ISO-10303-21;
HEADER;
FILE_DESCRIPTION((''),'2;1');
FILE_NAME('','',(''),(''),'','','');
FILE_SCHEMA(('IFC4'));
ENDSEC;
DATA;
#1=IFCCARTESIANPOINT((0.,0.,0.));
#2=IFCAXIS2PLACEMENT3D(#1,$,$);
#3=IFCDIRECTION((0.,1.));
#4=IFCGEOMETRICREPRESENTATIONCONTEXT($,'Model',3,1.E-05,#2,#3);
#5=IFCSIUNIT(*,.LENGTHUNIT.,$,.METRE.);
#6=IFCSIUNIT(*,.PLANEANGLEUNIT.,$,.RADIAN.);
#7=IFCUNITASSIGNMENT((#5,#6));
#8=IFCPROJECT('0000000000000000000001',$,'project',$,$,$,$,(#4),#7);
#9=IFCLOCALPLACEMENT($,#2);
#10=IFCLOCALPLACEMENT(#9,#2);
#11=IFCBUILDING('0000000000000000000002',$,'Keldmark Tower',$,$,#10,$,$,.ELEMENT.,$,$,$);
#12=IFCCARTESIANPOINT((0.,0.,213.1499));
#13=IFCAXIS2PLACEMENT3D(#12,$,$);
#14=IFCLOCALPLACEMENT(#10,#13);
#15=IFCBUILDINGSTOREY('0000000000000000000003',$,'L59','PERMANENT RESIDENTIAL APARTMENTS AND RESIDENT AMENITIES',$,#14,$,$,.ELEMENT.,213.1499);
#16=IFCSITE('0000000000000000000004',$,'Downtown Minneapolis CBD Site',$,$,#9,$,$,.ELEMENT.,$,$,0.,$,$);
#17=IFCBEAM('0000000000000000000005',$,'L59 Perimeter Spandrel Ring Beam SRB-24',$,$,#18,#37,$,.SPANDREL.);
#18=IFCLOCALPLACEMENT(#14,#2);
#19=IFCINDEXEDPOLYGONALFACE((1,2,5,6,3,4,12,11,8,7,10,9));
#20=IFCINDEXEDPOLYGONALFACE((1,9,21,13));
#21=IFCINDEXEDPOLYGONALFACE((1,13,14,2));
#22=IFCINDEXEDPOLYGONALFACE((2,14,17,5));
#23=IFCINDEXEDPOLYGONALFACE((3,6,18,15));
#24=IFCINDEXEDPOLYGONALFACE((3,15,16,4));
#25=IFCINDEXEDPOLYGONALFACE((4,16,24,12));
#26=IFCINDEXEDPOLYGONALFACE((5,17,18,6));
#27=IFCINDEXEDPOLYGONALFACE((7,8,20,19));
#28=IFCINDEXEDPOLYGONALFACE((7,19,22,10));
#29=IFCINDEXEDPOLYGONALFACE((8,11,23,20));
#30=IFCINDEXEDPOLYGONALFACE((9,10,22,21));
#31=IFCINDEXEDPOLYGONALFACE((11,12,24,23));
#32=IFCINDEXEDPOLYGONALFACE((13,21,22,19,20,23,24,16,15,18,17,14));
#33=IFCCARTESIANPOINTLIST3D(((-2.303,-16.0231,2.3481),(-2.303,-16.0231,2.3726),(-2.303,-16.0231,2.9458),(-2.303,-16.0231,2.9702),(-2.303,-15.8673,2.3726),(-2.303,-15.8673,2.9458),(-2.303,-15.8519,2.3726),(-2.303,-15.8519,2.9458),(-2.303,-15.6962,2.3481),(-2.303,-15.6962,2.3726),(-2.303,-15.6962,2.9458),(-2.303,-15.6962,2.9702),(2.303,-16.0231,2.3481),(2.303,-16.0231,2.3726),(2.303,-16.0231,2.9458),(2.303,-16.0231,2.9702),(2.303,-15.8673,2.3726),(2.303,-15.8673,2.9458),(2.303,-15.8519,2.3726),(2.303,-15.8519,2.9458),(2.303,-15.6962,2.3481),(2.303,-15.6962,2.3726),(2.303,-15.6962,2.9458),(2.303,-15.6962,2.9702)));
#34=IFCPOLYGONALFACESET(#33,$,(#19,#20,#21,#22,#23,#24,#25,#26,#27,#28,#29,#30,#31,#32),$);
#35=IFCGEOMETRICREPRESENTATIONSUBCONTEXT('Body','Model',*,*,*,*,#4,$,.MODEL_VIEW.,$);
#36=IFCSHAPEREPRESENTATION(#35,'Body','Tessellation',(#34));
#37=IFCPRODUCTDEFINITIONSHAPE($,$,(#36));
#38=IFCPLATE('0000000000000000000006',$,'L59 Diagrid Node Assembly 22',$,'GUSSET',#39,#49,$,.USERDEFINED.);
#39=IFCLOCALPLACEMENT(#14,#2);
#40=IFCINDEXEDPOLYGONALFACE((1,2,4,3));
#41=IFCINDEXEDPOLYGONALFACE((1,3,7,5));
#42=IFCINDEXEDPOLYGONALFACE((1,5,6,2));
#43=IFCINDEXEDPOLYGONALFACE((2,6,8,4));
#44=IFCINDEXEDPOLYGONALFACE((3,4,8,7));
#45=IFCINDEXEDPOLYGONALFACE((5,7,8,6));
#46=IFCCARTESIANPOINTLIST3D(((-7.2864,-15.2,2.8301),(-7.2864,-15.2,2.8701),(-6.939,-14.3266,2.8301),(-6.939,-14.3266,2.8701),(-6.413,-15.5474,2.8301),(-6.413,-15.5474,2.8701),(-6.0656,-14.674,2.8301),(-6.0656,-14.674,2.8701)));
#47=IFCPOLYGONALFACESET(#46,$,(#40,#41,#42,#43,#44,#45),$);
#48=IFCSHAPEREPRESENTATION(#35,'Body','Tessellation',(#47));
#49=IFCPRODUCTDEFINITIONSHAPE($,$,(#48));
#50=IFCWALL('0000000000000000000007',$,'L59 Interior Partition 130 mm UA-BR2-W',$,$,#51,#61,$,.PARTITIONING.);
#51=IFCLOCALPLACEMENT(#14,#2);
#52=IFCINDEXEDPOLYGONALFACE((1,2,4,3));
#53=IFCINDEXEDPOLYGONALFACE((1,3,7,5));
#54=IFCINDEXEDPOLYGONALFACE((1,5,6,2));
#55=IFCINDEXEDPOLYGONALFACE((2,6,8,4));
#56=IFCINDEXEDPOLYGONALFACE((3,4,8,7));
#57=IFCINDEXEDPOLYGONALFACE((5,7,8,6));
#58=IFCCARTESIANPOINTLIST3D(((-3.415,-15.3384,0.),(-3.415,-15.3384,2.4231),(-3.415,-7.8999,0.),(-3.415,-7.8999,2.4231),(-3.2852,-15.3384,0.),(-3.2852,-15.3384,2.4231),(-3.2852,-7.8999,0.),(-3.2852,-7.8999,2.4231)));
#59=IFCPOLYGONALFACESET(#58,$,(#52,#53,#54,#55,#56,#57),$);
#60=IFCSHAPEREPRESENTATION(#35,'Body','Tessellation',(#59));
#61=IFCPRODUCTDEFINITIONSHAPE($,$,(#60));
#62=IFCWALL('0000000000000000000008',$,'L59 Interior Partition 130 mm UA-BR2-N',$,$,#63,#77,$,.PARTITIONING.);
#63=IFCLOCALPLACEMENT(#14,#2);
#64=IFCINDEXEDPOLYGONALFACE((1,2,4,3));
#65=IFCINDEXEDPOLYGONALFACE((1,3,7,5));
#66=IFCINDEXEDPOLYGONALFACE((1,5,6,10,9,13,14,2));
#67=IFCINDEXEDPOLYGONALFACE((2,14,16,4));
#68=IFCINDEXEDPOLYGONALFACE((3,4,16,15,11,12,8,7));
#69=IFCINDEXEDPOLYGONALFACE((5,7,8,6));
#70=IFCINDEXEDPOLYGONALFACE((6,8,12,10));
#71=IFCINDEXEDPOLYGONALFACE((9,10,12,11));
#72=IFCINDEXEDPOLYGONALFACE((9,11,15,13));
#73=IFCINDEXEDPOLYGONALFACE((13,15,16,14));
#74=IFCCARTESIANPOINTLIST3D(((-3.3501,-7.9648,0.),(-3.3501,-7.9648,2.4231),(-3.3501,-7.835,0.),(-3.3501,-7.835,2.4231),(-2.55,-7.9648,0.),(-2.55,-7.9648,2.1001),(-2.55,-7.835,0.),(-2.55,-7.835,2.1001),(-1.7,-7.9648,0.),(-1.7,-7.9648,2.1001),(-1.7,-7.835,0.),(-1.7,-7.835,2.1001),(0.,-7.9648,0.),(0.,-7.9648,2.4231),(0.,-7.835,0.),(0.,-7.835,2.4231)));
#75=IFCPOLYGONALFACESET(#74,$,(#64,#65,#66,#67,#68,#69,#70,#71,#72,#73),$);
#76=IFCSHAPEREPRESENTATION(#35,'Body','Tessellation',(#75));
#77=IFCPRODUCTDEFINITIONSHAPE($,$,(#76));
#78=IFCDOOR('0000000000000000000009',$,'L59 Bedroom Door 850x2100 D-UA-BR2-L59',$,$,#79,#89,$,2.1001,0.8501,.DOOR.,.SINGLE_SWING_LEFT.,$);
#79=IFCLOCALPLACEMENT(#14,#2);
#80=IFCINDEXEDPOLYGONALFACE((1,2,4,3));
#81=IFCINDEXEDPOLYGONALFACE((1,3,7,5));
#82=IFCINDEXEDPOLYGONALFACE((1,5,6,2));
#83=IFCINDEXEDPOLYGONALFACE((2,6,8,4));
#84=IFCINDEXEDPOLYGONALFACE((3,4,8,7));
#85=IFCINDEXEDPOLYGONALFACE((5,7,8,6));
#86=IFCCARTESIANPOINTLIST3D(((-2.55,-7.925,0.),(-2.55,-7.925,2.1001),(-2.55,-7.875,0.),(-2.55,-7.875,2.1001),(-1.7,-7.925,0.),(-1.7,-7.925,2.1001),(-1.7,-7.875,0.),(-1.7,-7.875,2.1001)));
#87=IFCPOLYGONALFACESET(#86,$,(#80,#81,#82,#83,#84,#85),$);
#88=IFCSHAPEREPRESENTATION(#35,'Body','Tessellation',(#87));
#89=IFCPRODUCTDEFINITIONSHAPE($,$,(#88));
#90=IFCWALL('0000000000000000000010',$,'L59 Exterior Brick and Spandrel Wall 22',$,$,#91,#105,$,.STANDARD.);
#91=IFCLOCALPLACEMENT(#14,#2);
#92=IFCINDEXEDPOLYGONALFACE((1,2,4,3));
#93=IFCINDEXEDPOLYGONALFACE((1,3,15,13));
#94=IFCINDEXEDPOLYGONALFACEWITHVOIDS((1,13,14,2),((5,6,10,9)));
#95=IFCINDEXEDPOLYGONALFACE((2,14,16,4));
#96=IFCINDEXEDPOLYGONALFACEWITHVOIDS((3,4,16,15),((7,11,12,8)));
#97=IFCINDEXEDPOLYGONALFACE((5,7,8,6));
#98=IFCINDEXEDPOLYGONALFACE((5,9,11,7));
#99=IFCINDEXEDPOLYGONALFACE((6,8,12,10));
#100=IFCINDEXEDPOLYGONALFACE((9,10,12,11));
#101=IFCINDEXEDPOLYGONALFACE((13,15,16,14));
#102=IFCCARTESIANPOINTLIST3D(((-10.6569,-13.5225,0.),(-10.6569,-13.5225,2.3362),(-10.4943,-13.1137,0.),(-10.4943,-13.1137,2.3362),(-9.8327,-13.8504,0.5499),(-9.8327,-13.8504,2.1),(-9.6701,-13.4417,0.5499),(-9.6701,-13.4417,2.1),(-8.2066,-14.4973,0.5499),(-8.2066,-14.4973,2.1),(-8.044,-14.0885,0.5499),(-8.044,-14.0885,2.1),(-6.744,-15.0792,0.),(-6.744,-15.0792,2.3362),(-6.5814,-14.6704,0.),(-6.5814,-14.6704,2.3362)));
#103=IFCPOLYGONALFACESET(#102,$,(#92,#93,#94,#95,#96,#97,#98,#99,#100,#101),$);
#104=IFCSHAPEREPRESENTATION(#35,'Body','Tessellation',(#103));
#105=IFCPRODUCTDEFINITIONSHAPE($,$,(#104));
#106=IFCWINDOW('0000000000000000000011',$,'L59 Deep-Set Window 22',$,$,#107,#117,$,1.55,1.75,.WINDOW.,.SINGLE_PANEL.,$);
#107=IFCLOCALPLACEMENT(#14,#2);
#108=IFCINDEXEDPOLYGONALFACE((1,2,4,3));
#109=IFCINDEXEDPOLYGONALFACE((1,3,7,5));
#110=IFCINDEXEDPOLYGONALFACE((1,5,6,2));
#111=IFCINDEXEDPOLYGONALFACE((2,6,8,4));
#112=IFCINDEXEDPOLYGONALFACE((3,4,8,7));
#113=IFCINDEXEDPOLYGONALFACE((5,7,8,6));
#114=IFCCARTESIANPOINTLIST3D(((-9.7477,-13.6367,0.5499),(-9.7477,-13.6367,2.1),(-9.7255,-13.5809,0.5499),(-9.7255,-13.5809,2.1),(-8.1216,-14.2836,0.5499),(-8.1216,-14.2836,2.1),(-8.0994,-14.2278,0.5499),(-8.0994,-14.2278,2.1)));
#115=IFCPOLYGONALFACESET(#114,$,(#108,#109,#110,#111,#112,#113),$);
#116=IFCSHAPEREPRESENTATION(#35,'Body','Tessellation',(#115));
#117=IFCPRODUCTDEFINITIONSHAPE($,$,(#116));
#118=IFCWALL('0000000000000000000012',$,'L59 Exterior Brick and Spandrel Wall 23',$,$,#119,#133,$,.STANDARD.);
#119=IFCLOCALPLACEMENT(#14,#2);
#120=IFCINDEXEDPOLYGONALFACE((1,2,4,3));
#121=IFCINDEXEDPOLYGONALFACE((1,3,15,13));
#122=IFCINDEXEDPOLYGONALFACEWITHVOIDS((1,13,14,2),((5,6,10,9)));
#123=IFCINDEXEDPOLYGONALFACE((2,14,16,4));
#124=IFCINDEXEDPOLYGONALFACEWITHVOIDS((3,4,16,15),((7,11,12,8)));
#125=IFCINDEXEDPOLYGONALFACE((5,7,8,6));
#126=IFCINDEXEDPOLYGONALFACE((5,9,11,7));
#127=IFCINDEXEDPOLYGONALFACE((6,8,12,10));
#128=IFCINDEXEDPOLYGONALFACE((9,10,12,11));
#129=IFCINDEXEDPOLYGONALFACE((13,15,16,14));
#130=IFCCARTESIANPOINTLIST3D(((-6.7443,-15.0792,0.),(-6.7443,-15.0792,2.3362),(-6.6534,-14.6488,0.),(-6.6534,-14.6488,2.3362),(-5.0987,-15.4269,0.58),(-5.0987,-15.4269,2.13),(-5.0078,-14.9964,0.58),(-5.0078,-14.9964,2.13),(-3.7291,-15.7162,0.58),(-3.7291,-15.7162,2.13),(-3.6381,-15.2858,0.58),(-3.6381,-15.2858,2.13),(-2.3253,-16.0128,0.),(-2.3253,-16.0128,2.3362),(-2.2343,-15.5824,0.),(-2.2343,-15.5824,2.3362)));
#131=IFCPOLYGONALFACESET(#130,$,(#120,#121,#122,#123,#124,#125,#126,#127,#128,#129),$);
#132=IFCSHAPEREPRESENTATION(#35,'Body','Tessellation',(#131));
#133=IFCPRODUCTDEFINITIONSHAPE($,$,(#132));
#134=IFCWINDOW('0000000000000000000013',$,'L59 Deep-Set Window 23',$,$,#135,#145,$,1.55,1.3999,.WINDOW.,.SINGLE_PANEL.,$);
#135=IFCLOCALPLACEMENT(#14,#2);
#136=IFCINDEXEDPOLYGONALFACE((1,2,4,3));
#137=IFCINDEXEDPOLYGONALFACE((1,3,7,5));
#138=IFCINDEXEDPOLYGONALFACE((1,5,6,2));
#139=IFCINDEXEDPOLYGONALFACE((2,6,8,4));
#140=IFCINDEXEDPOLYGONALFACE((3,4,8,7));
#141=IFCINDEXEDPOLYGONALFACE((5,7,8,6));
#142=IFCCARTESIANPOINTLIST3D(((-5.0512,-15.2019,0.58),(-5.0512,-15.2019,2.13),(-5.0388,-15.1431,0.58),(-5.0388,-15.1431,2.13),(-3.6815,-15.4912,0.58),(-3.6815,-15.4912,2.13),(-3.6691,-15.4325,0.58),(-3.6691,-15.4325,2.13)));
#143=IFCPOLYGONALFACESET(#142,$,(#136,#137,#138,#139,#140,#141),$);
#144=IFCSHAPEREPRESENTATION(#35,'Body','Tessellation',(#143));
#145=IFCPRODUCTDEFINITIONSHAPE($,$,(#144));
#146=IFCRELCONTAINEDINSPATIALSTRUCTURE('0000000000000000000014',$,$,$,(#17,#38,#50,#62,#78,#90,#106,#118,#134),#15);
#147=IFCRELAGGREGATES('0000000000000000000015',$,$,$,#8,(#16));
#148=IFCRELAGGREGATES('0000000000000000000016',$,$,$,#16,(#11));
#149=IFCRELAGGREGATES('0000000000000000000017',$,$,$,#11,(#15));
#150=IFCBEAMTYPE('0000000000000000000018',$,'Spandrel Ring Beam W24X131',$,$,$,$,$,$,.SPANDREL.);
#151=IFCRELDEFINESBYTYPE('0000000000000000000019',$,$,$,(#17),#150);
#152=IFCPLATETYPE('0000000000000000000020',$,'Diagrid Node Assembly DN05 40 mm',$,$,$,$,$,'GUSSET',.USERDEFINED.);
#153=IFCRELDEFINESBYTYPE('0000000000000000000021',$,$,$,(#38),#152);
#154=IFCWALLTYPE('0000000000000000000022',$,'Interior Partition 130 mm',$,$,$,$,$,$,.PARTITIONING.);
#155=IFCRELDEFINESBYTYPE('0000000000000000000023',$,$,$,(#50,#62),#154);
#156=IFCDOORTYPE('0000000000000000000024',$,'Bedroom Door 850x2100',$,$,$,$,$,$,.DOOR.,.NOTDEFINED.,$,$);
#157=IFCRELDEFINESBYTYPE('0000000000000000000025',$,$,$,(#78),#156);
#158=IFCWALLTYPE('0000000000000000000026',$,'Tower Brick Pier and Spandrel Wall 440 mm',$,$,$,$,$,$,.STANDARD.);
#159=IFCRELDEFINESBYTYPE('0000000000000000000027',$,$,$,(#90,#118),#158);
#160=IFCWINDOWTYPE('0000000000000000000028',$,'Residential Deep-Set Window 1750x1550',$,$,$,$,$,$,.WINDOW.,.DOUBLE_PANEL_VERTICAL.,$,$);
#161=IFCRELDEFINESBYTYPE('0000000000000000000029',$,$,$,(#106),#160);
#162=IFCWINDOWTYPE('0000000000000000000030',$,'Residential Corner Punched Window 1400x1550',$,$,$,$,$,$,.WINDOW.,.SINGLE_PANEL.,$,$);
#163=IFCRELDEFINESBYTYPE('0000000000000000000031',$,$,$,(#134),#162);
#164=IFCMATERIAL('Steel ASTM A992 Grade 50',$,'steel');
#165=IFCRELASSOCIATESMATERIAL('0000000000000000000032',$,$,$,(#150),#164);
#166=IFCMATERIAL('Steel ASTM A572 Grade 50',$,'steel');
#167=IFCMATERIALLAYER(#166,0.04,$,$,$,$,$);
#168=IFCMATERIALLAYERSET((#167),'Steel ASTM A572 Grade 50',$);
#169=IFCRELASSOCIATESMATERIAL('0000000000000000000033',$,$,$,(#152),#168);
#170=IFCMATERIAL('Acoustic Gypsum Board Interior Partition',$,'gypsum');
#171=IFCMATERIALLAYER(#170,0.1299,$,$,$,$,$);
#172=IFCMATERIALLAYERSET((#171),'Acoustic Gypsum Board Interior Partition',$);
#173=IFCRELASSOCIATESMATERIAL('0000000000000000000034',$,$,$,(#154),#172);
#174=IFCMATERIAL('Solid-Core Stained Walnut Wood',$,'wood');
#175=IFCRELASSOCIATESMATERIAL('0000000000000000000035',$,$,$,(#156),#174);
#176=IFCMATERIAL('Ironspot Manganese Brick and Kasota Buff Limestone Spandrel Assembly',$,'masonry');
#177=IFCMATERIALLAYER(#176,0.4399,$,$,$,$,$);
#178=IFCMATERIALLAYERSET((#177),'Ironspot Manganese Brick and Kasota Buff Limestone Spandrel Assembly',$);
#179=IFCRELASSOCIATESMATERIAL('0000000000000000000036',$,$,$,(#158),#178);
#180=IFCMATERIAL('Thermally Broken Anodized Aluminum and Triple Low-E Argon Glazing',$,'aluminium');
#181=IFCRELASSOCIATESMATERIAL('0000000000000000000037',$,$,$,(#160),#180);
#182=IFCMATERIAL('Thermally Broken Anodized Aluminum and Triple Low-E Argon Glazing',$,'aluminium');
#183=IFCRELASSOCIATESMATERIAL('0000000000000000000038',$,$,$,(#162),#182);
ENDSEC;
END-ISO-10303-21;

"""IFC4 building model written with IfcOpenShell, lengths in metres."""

from ifc_helpers import new_model, si_unit, direction, frame, frame_2d, origin, origin_2d, place, context, subcontext, project, spatial, rectangle, i_section, extrude, material, layer, layer_set, material_profile, profile_set, type_object, element, fill, save


model = new_model("IFC4")

# Units and contexts
model_context = context("Model", 3, precision=1e-05, world=origin(), true_north=direction((0.0, 1.0)))
body_context = subcontext(model_context, "Body", "Model", "MODEL_VIEW")
ifc_project = project(units=[si_unit("LENGTHUNIT", "METRE"), si_unit("PLANEANGLEUNIT", "RADIAN")], contexts=[model_context])

# Site, building, storey
site_placement = place(None, origin())
site = spatial("IfcSite", under=ifc_project, at=site_placement, Name="Downtown Minneapolis CBD Site", CompositionType="ELEMENT", RefElevation=0.0)
building_placement = place(site_placement, origin())
building = spatial("IfcBuilding", under=site, at=building_placement, Name="Keldmark Tower", CompositionType="ELEMENT")
storey_placement = place(building_placement, frame((0.0, 0.0, 213.1499)))
storey = spatial("IfcBuildingStorey", under=building, at=storey_placement, Name="L59", Description="PERMANENT RESIDENTIAL APARTMENTS AND RESIDENT AMENITIES", CompositionType="ELEMENT", Elevation=213.1499)

# Beam
ifc_material_1 = material(Name="Steel ASTM A992 Grade 50", Category="steel")
ifc_material_profile_1 = material_profile(ifc_material_1, i_section(OverallWidth=0.3269, OverallDepth=0.6221, WebThickness=0.0154, FlangeThickness=0.0244, at=origin_2d()), Name="W24X131")
ifc_profile_set_1 = profile_set([ifc_material_profile_1], Name="Steel ASTM A992 Grade 50")
beam_type_1 = type_object("IfcBeamType", Name="Spandrel Ring Beam W24X131", PredefinedType="SPANDREL", material=ifc_profile_set_1)
beam_1_placement = place(storey_placement, frame((-2.303, -15.8596, 2.6592), z_axis=(1.0, 0.0, 0.0), x_axis=(0.0, 1.0, 0.0)))
element("IfcBeam", 1, at=beam_1_placement, inside=storey, type_object=beam_type_1, Name="L59 Perimeter Spandrel Ring Beam SRB-24", PredefinedType="SPANDREL", context=body_context, shape_type="SweptSolid", body=[
    extrude(i_section(OverallWidth=0.3269, OverallDepth=0.6221, WebThickness=0.0154, FlangeThickness=0.0244, at=origin_2d()), origin(), (0.0, 0.0, 1.0), 4.606),
])

# Plate
ifc_material_2 = material(Name="Steel ASTM A572 Grade 50", Category="steel")
ifc_layer_1 = layer(ifc_material_2, 0.04)
ifc_layer_set_1 = layer_set([ifc_layer_1], Name="Steel ASTM A572 Grade 50")
plate_type = type_object("IfcPlateType", Name="Diagrid Node Assembly DN05 40 mm", ElementType="GUSSET", PredefinedType="USERDEFINED", material=ifc_layer_set_1)
plate_placement = place(storey_placement, frame((-6.676, -14.937, 2.8301), z_axis=(0.0, 0.0, 1.0), x_axis=(0.929197, -0.369585, 0.0)))
element("IfcPlate", 2, at=plate_placement, inside=storey, type_object=plate_type, Name="L59 Diagrid Node Assembly 22", ObjectType="GUSSET", PredefinedType="USERDEFINED", context=body_context, shape_type="SweptSolid", body=[
    extrude(rectangle(XDim=0.9399, YDim=0.9399, at=origin_2d()), origin(), (0.0, 0.0, 1.0), 0.04),
])

# Wall
ifc_material_3 = material(Name="Acoustic Gypsum Board Interior Partition", Category="gypsum")
ifc_layer_2 = layer(ifc_material_3, 0.1299)
ifc_layer_set_2 = layer_set([ifc_layer_2], Name="Acoustic Gypsum Board Interior Partition")
wall_type_1 = type_object("IfcWallType", Name="Interior Partition 130 mm", PredefinedType="PARTITIONING", material=ifc_layer_set_2)
wall_1_placement = place(storey_placement, frame((-3.3501, -15.3384, 0.0), z_axis=(0.0, 0.0, 1.0), x_axis=(0.0, 1.0, 0.0)))
element("IfcWall", 3, at=wall_1_placement, inside=storey, type_object=wall_type_1, Name="L59 Interior Partition 130 mm UA-BR2-W", PredefinedType="PARTITIONING", context=body_context, shape_type="SweptSolid", body=[
    extrude(rectangle(XDim=7.4385, YDim=0.1299, at=frame_2d((3.7192, 0.0))), origin(), (0.0, 0.0, 1.0), 2.4231),
])

# Wall, opening, door
wall_2_placement = place(storey_placement, frame((-3.3501, -7.8999, 0.0), z_axis=(0.0, 0.0, 1.0), x_axis=(1.0, 0.0, 0.0)))
wall_2 = element("IfcWall", 4, at=wall_2_placement, inside=storey, type_object=wall_type_1, Name="L59 Interior Partition 130 mm UA-BR2-N", PredefinedType="PARTITIONING", context=body_context, shape_type="SweptSolid", body=[
    extrude(rectangle(XDim=3.3501, YDim=0.1299, at=frame_2d((1.675, 0.0))), origin(), (0.0, 0.0, 1.0), 2.4231),
])
opening_1_placement = place(wall_2_placement, frame((0.8, 0.0, 0.0)))
opening_1 = element("IfcOpeningElement", 5, at=opening_1_placement, cuts=wall_2, PredefinedType="OPENING", context=body_context, shape_type="SweptSolid", body=[
    extrude(rectangle(XDim=0.8501, YDim=2.1001, at=frame_2d((0.425, 1.05))), frame((0.0, 0.075, 0.0), z_axis=(0.0, -1.0, 0.0), x_axis=(1.0, 0.0, 0.0)), (0.0, 0.0, 1.0), 0.1499),
])
ifc_material_4 = material(Name="Solid-Core Stained Walnut Wood", Category="wood")
door_type = type_object("IfcDoorType", Name="Bedroom Door 850x2100", OperationType="NOTDEFINED", PredefinedType="DOOR", material=ifc_material_4)
door_placement = place(opening_1_placement, origin())
door = element("IfcDoor", 6, at=door_placement, inside=storey, type_object=door_type, Name="L59 Bedroom Door 850x2100 D-UA-BR2-L59", OperationType="SINGLE_SWING_LEFT", OverallHeight=2.1001, OverallWidth=0.8501, PredefinedType="DOOR", context=body_context, shape_type="SweptSolid", body=[
    extrude(rectangle(XDim=0.8501, YDim=2.1001, at=frame_2d((0.425, 1.05))), frame((0.0, 0.0249, 0.0), z_axis=(0.0, -1.0, 0.0), x_axis=(1.0, 0.0, 0.0)), (0.0, 0.0, 1.0), 0.05),
])
fill(opening_1, door)

# Walls, openings, windows
ifc_material_5 = material(Name="Ironspot Manganese Brick and Kasota Buff Limestone Spandrel Assembly", Category="masonry")
ifc_layer_3 = layer(ifc_material_5, 0.4399)
ifc_layer_set_3 = layer_set([ifc_layer_3], Name="Ironspot Manganese Brick and Kasota Buff Limestone Spandrel Assembly")
wall_type_2 = type_object("IfcWallType", Name="Tower Brick Pier and Spandrel Wall 440 mm", PredefinedType="STANDARD", material=ifc_layer_set_3)
wall_3_placement = place(storey_placement, frame((-6.6628, -14.8748, 0.0), z_axis=(0.0, 0.0, 1.0), x_axis=(-0.929171, 0.369651, 0.0)))
wall_3 = element("IfcWall", 7, at=wall_3_placement, inside=storey, type_object=wall_type_2, Name="L59 Exterior Brick and Spandrel Wall 22", PredefinedType="STANDARD", context=body_context, shape_type="SweptSolid", body=[
    extrude(rectangle(XDim=4.2112, YDim=0.4399, at=frame_2d((2.1055, 0.0))), origin(), (0.0, 0.0, 1.0), 2.3362),
])
opening_2_placement = place(wall_3_placement, frame((1.574, 0.0, 0.55)))
opening_2 = element("IfcOpeningElement", 8, at=opening_2_placement, cuts=wall_3, PredefinedType="OPENING", context=body_context, shape_type="SweptSolid", body=[
    extrude(rectangle(XDim=1.75, YDim=1.55, at=frame_2d((0.875, 0.7749))), frame((0.0, 0.23, 0.0), z_axis=(0.0, -1.0, 0.0), x_axis=(1.0, 0.0, 0.0)), (0.0, 0.0, 1.0), 0.46),
])
ifc_material_6 = material(Name="Thermally Broken Anodized Aluminum and Triple Low-E Argon Glazing", Category="aluminium")
window_type_1 = type_object("IfcWindowType", Name="Residential Deep-Set Window 1750x1550", PartitioningType="DOUBLE_PANEL_VERTICAL", PredefinedType="WINDOW", material=ifc_material_6)
window_1_placement = place(opening_2_placement, origin())
window_1 = element("IfcWindow", 9, at=window_1_placement, inside=storey, type_object=window_type_1, Name="L59 Deep-Set Window 22", OverallHeight=1.55, OverallWidth=1.75, PartitioningType="SINGLE_PANEL", PredefinedType="WINDOW", context=body_context, shape_type="SweptSolid", body=[
    extrude(rectangle(XDim=1.75, YDim=1.55, at=frame_2d((0.875, 0.7749))), frame((0.0, -0.01, 0.0), z_axis=(0.0, -1.0, 0.0), x_axis=(1.0, 0.0, 0.0)), (0.0, 0.0, 1.0), 0.0601),
])
fill(opening_2, window_1)
wall_4_placement = place(storey_placement, frame((-2.2798, -15.7976, 0.0), z_axis=(0.0, 0.0, 1.0), x_axis=(-0.978403, 0.206708, 0.0)))
wall_4 = element("IfcWall", 10, at=wall_4_placement, inside=storey, type_object=wall_type_2, Name="L59 Exterior Brick and Spandrel Wall 23", PredefinedType="STANDARD", context=body_context, shape_type="SweptSolid", body=[
    extrude(rectangle(XDim=4.5166, YDim=0.4399, at=frame_2d((2.2583, 0.0))), origin(), (0.0, 0.0, 1.0), 2.3362),
])
opening_3_placement = place(wall_4_placement, frame((1.4348, 0.0, 0.5801)))
opening_3 = element("IfcOpeningElement", 11, at=opening_3_placement, cuts=wall_4, PredefinedType="OPENING", context=body_context, shape_type="SweptSolid", body=[
    extrude(rectangle(XDim=1.3999, YDim=1.55, at=frame_2d((0.7, 0.7749))), frame((0.0, 0.23, 0.0), z_axis=(0.0, -1.0, 0.0), x_axis=(1.0, 0.0, 0.0)), (0.0, 0.0, 1.0), 0.46),
])
ifc_material_7 = material(Name="Thermally Broken Anodized Aluminum and Triple Low-E Argon Glazing", Category="aluminium")
window_type_2 = type_object("IfcWindowType", Name="Residential Corner Punched Window 1400x1550", PartitioningType="SINGLE_PANEL", PredefinedType="WINDOW", material=ifc_material_7)
window_2_placement = place(opening_3_placement, origin())
window_2 = element("IfcWindow", 12, at=window_2_placement, inside=storey, type_object=window_type_2, Name="L59 Deep-Set Window 23", OverallHeight=1.55, OverallWidth=1.3999, PartitioningType="SINGLE_PANEL", PredefinedType="WINDOW", context=body_context, shape_type="SweptSolid", body=[
    extrude(rectangle(XDim=1.3999, YDim=1.55, at=frame_2d((0.7, 0.7749))), frame((0.0, -0.01, 0.0), z_axis=(0.0, -1.0, 0.0), x_axis=(1.0, 0.0, 0.0)), (0.0, 0.0, 1.0), 0.0601),
])
fill(opening_3, window_2)

save(model, "model.ifc")
